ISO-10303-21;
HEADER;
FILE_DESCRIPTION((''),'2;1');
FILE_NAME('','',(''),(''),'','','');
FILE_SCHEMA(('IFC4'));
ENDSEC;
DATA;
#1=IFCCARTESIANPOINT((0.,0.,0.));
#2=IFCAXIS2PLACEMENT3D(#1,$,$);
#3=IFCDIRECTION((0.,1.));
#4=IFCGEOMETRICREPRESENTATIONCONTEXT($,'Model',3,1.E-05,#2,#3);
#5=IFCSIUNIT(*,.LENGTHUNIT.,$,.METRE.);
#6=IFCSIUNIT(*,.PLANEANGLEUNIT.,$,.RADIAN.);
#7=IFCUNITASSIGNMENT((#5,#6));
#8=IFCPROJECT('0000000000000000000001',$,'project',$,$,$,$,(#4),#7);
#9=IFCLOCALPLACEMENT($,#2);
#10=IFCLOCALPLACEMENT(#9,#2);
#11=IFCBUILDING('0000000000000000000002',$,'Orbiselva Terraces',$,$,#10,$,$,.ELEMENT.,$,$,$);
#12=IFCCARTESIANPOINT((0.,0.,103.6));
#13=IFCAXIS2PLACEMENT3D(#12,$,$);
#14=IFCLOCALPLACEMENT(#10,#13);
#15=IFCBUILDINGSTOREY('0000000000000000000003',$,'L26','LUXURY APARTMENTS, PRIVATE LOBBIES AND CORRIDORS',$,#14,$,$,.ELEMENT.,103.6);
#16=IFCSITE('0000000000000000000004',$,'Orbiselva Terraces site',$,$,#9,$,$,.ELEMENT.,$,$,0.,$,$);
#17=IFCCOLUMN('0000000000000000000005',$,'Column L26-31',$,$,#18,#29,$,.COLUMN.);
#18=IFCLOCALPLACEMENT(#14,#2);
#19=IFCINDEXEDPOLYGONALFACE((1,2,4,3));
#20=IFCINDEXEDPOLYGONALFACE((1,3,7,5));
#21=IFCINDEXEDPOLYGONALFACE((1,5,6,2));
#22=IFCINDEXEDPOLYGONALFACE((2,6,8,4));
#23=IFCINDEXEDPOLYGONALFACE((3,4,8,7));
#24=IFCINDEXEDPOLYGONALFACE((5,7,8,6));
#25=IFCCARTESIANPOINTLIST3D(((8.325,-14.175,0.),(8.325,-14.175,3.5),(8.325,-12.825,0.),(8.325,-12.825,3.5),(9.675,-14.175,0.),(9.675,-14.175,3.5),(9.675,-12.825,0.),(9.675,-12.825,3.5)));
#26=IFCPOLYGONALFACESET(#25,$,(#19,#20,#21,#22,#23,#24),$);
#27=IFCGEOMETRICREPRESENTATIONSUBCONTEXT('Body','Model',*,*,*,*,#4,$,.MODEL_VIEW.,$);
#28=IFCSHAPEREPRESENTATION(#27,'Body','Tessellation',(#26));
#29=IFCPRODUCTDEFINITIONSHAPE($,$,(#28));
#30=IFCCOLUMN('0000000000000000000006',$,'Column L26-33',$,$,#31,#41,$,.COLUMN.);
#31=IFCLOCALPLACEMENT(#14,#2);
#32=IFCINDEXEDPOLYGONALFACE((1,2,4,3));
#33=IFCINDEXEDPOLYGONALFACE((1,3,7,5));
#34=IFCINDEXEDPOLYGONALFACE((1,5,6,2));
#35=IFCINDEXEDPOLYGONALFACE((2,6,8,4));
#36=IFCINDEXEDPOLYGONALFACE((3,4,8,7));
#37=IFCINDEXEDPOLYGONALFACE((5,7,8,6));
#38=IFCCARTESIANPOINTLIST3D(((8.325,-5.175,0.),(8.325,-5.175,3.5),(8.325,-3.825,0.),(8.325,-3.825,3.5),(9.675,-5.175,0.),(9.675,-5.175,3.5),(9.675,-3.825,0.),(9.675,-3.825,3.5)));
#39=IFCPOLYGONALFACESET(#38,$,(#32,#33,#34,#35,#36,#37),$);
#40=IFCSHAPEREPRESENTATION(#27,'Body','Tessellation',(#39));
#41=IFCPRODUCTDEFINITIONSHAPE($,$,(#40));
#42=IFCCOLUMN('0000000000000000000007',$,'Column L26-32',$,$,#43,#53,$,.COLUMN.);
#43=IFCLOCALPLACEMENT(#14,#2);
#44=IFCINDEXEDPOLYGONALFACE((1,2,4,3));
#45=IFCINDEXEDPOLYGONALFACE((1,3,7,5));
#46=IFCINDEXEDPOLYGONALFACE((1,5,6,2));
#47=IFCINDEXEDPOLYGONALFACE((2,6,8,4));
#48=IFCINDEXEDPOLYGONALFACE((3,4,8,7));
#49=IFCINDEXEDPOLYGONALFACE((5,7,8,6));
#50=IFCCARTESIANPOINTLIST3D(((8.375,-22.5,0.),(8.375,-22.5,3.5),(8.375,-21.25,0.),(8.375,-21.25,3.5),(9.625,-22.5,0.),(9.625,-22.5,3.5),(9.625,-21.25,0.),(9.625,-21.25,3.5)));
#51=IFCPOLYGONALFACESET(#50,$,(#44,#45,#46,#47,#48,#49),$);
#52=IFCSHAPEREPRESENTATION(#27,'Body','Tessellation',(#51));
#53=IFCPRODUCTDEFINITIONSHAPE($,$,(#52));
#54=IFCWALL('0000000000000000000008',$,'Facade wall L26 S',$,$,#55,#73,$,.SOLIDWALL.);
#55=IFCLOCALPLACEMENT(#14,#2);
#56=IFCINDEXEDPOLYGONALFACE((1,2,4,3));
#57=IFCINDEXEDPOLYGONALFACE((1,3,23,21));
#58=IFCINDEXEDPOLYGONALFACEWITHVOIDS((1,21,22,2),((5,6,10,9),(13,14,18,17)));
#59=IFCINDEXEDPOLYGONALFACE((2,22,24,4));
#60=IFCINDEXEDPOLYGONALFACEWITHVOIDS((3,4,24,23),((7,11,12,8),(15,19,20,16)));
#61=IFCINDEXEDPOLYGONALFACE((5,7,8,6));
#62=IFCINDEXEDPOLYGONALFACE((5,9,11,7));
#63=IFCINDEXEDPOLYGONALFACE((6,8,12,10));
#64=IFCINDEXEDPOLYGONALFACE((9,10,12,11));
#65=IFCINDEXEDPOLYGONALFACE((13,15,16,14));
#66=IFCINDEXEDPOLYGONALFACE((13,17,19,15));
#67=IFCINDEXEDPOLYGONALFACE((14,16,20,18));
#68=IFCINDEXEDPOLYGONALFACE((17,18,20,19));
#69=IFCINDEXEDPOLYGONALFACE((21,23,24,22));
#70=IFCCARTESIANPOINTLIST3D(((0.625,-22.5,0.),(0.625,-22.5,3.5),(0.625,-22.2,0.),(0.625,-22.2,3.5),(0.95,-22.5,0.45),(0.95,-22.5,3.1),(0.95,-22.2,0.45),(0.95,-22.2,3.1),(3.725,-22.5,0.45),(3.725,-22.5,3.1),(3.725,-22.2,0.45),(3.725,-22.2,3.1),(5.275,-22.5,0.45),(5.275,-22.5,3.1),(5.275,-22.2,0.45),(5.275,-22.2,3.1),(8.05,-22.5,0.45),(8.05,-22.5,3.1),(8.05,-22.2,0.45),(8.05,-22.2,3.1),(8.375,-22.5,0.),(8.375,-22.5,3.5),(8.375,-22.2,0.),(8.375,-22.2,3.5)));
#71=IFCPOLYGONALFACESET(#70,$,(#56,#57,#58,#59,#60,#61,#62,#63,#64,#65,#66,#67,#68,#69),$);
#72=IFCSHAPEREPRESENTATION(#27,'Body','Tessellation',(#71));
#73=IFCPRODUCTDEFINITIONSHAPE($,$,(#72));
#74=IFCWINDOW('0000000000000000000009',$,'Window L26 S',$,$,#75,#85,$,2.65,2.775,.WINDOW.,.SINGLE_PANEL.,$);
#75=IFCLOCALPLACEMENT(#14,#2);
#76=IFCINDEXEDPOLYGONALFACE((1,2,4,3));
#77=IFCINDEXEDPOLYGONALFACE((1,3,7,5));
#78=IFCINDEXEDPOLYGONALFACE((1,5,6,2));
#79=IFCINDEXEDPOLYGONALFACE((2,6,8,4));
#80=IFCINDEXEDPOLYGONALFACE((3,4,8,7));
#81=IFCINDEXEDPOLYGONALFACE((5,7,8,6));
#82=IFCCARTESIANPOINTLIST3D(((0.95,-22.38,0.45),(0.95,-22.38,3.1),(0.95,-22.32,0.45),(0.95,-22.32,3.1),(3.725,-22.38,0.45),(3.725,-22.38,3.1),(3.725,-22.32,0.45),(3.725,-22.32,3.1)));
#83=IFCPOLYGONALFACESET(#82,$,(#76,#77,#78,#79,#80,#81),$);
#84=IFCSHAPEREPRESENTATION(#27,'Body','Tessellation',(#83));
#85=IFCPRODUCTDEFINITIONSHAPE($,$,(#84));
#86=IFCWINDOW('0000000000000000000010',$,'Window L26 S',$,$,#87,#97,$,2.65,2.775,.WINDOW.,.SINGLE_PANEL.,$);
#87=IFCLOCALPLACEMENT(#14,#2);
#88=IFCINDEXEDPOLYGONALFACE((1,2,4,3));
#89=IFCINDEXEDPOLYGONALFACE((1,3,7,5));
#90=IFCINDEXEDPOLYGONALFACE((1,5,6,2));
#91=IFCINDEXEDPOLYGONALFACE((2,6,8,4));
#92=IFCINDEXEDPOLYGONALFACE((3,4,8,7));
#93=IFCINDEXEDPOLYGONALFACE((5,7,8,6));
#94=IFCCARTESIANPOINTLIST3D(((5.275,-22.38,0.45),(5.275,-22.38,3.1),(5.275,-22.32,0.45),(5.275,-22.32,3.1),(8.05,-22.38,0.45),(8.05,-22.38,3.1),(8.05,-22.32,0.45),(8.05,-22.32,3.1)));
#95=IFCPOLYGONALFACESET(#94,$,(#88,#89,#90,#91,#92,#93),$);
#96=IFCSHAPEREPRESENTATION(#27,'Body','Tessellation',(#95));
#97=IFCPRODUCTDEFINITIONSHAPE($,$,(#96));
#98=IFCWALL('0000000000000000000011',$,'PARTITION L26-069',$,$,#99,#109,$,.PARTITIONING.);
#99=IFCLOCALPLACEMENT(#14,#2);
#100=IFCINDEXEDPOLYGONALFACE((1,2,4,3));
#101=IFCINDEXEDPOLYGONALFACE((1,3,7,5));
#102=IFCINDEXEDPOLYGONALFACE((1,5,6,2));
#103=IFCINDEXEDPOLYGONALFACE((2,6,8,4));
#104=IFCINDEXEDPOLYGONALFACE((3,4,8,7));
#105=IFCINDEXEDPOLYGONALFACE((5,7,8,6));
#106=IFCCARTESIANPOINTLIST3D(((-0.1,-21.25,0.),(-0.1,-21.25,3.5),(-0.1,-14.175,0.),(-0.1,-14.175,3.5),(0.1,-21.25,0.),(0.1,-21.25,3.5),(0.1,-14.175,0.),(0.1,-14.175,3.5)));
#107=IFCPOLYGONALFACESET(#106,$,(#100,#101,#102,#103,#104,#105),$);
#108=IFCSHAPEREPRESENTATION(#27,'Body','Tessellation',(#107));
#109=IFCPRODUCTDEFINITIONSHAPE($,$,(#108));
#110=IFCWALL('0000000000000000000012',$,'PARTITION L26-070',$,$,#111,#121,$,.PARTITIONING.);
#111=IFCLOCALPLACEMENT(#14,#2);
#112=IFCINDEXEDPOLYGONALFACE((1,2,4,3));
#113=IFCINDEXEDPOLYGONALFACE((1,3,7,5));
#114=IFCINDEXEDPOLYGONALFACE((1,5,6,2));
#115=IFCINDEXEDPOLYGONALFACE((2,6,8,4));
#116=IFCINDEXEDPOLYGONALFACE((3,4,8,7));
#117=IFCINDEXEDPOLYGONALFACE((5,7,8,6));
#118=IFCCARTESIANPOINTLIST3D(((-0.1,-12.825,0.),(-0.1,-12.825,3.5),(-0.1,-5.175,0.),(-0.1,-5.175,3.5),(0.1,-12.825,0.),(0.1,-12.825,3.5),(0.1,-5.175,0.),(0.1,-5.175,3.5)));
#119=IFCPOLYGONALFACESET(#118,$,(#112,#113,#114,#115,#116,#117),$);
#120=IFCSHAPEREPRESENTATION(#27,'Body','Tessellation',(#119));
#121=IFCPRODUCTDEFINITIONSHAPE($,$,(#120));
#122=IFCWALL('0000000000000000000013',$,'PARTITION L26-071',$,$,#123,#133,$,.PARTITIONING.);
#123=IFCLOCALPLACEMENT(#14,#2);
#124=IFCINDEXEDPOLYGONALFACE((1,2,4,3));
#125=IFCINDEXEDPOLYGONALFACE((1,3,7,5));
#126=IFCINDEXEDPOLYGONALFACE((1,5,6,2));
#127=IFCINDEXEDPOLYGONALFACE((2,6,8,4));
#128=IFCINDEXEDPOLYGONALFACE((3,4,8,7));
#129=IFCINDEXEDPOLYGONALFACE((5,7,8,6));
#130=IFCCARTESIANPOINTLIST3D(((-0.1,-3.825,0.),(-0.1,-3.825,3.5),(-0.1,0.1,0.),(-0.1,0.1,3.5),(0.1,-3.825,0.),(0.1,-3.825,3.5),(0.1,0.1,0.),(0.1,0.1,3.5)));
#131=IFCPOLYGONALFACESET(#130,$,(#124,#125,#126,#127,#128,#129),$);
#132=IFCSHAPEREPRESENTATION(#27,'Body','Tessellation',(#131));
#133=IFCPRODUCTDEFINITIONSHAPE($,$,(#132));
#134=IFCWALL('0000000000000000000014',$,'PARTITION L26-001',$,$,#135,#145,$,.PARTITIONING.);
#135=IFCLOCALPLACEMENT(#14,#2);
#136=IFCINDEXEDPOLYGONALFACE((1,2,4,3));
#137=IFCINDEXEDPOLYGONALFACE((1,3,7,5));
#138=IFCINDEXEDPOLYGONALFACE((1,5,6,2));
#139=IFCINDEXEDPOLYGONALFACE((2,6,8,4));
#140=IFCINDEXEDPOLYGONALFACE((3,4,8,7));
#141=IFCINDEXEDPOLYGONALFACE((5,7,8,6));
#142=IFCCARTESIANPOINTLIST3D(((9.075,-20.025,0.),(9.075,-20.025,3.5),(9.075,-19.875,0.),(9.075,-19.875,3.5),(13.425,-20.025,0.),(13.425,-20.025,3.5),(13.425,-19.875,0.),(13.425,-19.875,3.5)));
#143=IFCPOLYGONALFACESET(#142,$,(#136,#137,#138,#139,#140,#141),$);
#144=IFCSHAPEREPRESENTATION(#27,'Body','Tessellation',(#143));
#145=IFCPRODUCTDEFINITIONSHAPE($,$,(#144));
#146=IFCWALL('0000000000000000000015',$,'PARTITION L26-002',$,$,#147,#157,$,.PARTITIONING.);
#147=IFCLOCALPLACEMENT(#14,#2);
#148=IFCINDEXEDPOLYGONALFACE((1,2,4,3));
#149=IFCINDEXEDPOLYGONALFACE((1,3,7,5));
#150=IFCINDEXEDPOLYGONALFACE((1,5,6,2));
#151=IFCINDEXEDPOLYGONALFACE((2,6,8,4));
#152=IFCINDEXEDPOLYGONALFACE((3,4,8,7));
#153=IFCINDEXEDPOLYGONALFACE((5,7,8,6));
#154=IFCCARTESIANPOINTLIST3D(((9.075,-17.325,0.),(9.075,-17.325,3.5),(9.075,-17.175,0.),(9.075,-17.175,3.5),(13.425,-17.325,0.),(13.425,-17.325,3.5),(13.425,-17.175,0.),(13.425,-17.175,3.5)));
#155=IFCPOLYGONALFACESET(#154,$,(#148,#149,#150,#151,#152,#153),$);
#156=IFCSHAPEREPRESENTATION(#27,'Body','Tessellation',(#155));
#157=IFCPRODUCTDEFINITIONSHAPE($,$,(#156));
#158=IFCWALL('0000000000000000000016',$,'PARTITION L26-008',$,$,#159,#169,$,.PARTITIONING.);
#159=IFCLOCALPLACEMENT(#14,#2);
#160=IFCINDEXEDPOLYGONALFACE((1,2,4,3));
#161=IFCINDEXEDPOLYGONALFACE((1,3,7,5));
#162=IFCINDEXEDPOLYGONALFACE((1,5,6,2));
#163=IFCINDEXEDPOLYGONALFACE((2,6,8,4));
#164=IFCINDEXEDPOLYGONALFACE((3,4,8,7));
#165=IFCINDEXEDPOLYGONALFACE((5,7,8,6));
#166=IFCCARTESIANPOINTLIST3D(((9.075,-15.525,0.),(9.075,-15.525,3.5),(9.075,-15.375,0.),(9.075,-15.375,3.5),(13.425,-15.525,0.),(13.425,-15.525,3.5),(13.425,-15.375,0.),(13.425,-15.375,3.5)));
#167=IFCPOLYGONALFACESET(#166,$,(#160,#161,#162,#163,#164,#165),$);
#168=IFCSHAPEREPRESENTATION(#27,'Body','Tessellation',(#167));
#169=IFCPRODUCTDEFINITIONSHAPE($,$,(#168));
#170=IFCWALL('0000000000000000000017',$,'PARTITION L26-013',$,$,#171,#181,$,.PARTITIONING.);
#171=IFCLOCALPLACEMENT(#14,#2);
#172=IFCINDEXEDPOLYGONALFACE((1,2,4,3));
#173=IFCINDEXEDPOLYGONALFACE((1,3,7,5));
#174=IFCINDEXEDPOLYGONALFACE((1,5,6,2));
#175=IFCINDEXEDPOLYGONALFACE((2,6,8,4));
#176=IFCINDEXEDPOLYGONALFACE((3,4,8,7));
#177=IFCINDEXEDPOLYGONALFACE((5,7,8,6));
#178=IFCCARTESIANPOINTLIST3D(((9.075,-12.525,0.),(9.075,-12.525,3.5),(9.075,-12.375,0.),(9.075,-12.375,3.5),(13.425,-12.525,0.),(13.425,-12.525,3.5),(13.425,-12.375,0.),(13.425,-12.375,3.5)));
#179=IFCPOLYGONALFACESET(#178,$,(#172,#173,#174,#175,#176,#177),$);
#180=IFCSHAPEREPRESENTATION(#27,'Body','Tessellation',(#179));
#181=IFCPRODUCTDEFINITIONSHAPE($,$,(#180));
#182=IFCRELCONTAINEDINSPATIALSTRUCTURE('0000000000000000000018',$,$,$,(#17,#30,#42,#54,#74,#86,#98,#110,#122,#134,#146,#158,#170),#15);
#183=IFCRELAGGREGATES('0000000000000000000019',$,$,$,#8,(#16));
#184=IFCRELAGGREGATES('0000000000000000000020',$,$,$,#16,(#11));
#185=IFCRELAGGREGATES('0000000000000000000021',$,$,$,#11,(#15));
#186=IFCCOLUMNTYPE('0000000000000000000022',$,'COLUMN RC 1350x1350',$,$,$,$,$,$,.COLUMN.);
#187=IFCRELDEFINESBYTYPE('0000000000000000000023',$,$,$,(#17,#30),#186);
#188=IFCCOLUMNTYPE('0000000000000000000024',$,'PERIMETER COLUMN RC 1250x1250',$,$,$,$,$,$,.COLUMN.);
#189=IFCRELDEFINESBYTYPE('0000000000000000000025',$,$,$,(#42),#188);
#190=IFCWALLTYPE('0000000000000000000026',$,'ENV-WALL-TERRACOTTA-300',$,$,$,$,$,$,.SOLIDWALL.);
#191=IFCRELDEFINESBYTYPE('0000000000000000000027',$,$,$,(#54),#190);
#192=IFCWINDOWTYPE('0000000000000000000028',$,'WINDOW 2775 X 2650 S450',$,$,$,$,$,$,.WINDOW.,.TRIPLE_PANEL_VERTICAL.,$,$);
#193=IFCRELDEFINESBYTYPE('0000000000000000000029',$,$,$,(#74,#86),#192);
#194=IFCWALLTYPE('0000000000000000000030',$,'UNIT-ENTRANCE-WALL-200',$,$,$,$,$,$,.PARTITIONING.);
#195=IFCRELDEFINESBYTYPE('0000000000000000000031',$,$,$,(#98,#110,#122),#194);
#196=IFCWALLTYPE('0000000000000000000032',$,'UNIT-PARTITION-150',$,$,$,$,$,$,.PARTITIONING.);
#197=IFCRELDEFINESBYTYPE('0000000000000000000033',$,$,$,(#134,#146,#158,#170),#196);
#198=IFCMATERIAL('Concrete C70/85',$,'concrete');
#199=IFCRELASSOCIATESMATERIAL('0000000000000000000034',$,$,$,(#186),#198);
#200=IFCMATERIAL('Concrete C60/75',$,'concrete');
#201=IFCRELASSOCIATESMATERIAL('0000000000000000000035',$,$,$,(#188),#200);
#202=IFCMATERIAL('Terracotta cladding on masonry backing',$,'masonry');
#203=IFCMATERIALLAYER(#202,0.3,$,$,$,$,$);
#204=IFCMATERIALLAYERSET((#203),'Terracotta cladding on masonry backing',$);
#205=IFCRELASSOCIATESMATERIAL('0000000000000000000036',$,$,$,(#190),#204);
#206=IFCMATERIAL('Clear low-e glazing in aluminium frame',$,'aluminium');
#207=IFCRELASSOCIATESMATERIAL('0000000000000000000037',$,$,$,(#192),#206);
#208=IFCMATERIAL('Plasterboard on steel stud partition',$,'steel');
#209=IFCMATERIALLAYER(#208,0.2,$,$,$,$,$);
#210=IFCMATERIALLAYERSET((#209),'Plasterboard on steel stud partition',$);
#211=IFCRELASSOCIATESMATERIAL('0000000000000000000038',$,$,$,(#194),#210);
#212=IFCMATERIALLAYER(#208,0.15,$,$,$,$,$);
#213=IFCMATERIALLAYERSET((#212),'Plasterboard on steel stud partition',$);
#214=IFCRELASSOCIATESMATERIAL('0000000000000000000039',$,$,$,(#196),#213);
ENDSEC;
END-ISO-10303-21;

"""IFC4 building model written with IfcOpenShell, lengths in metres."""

from ifc_helpers import new_model, si_unit, direction, frame, frame_2d, origin, origin_2d, place, context, subcontext, project, spatial, rectangle, extrude, material, layer, layer_set, material_profile, profile_set, type_object, element, fill, save


model = new_model("IFC4")

# Units and contexts
model_context = context("Model", 3, precision=1e-05, world=origin(), true_north=direction((0.0, 1.0)))
body_context = subcontext(model_context, "Body", "Model", "MODEL_VIEW")
ifc_project = project(units=[si_unit("LENGTHUNIT", "METRE"), si_unit("PLANEANGLEUNIT", "RADIAN")], contexts=[model_context])

# Site, building, storey
site_placement = place(None, origin())
site = spatial("IfcSite", under=ifc_project, at=site_placement, Name="Orbiselva Terraces site", CompositionType="ELEMENT", RefElevation=0.0)
building_placement = place(site_placement, origin())
building = spatial("IfcBuilding", under=site, at=building_placement, Name="Orbiselva Terraces", CompositionType="ELEMENT")
storey_placement = place(building_placement, frame((0.0, 0.0, 103.6)))
storey = spatial("IfcBuildingStorey", under=building, at=storey_placement, Name="L26", Description="LUXURY APARTMENTS, PRIVATE LOBBIES AND CORRIDORS", CompositionType="ELEMENT", Elevation=103.6)

# Columns
ifc_material_1 = material(Name="Concrete C70/85", Category="concrete")
ifc_material_profile_1 = material_profile(ifc_material_1, rectangle(XDim=1.35, YDim=1.35, at=origin_2d()), Name="RC 1350x1350")
ifc_profile_set_1 = profile_set([ifc_material_profile_1], Name="Concrete C70/85")
column_type_1 = type_object("IfcColumnType", Name="COLUMN RC 1350x1350", PredefinedType="COLUMN", material=ifc_profile_set_1)
for number, where, z_axis, x_axis, name in (
    (1, (9.0, -13.5, 0.0), (0.0, 0.0, 1.0), (1.0, 0.0, 0.0), "Column L26-31"),
    (2, (9.0, -4.5, 0.0), (0.0, 0.0, 1.0), (1.0, 0.0, 0.0), "Column L26-33"),
):
    element("IfcColumn", number, at=place(storey_placement, frame(where, z_axis=z_axis, x_axis=x_axis)), inside=storey, type_object=column_type_1, Name=name, PredefinedType="COLUMN", context=body_context, shape_type="SweptSolid", body=[
        extrude(rectangle(XDim=1.35, YDim=1.35, at=origin_2d()), origin(), (0.0, 0.0, 1.0), 3.5),
    ])
ifc_material_2 = material(Name="Concrete C60/75", Category="concrete")
ifc_material_profile_2 = material_profile(ifc_material_2, rectangle(XDim=1.25, YDim=1.25, at=origin_2d()), Name="RC 1250x1250")
ifc_profile_set_2 = profile_set([ifc_material_profile_2], Name="Concrete C60/75")
column_type_2 = type_object("IfcColumnType", Name="PERIMETER COLUMN RC 1250x1250", PredefinedType="COLUMN", material=ifc_profile_set_2)
column_placement = place(storey_placement, frame((9.0, -21.875, 0.0), z_axis=(0.0, 0.0, 1.0), x_axis=(1.0, 0.0, 0.0)))
element("IfcColumn", 3, at=column_placement, inside=storey, type_object=column_type_2, Name="Column L26-32", PredefinedType="COLUMN", context=body_context, shape_type="SweptSolid", body=[
    extrude(rectangle(XDim=1.25, YDim=1.25, at=origin_2d()), origin(), (0.0, 0.0, 1.0), 3.5),
])

# Wall, openings, windows
ifc_material_3 = material(Name="Terracotta cladding on masonry backing", Category="masonry")
ifc_layer_1 = layer(ifc_material_3, 0.3)
ifc_layer_set_1 = layer_set([ifc_layer_1], Name="Terracotta cladding on masonry backing")
wall_type_1 = type_object("IfcWallType", Name="ENV-WALL-TERRACOTTA-300", PredefinedType="SOLIDWALL", material=ifc_layer_set_1)
wall_1_placement = place(storey_placement, frame((8.375, -22.35, 0.0), z_axis=(0.0, 0.0, 1.0), x_axis=(-1.0, 0.0, 0.0)))
wall_1 = element("IfcWall", 4, at=wall_1_placement, inside=storey, type_object=wall_type_1, Name="Facade wall L26 S", PredefinedType="SOLIDWALL", context=body_context, shape_type="SweptSolid", body=[
    extrude(rectangle(XDim=7.75, YDim=0.3, at=frame_2d((3.875, 0.0))), origin(), (0.0, 0.0, 1.0), 3.5),
])
opening_1_placement = place(wall_1_placement, frame((4.65, 0.0, 0.45)))
opening_1 = element("IfcOpeningElement", 5, at=opening_1_placement, cuts=wall_1, PredefinedType="OPENING", context=body_context, shape_type="SweptSolid", body=[
    extrude(rectangle(XDim=2.775, YDim=2.65, at=frame_2d((1.3875, 1.325))), frame((0.0, 0.16, 0.0), z_axis=(0.0, -1.0, 0.0), x_axis=(1.0, 0.0, 0.0)), (0.0, 0.0, 1.0), 0.32),
])
opening_2_placement = place(wall_1_placement, frame((0.325, 0.0, 0.45)))
opening_2 = element("IfcOpeningElement", 6, at=opening_2_placement, cuts=wall_1, PredefinedType="OPENING", context=body_context, shape_type="SweptSolid", body=[
    extrude(rectangle(XDim=2.775, YDim=2.65, at=frame_2d((1.3875, 1.325))), frame((0.0, 0.16, 0.0), z_axis=(0.0, -1.0, 0.0), x_axis=(1.0, 0.0, 0.0)), (0.0, 0.0, 1.0), 0.32),
])
ifc_material_4 = material(Name="Clear low-e glazing in aluminium frame", Category="aluminium")
window_type = type_object("IfcWindowType", Name="WINDOW 2775 X 2650 S450", PartitioningType="TRIPLE_PANEL_VERTICAL", PredefinedType="WINDOW", material=ifc_material_4)
window_1_placement = place(opening_1_placement, origin())
window_1 = element("IfcWindow", 7, at=window_1_placement, inside=storey, type_object=window_type, Name="Window L26 S", OverallHeight=2.65, OverallWidth=2.775, PartitioningType="SINGLE_PANEL", PredefinedType="WINDOW", context=body_context, shape_type="SweptSolid", body=[
    extrude(rectangle(XDim=2.775, YDim=2.65, at=frame_2d((1.3875, 1.325))), frame((0.0, 0.03, 0.0), z_axis=(0.0, -1.0, 0.0), x_axis=(1.0, 0.0, 0.0)), (0.0, 0.0, 1.0), 0.06),
])
fill(opening_1, window_1)
window_2_placement = place(opening_2_placement, origin())
window_2 = element("IfcWindow", 8, at=window_2_placement, inside=storey, type_object=window_type, Name="Window L26 S", OverallHeight=2.65, OverallWidth=2.775, PartitioningType="SINGLE_PANEL", PredefinedType="WINDOW", context=body_context, shape_type="SweptSolid", body=[
    extrude(rectangle(XDim=2.775, YDim=2.65, at=frame_2d((1.3875, 1.325))), frame((0.0, 0.03, 0.0), z_axis=(0.0, -1.0, 0.0), x_axis=(1.0, 0.0, 0.0)), (0.0, 0.0, 1.0), 0.06),
])
fill(opening_2, window_2)

# Walls
ifc_material_5 = material(Name="Plasterboard on steel stud partition", Category="steel")
ifc_layer_2 = layer(ifc_material_5, 0.2)
ifc_layer_set_2 = layer_set([ifc_layer_2], Name="Plasterboard on steel stud partition")
wall_type_2 = type_object("IfcWallType", Name="UNIT-ENTRANCE-WALL-200", PredefinedType="PARTITIONING", material=ifc_layer_set_2)
wall_2_placement = place(storey_placement, frame((0.0, -21.25, 0.0), z_axis=(0.0, 0.0, 1.0), x_axis=(0.0, 1.0, 0.0)))
element("IfcWall", 9, at=wall_2_placement, inside=storey, type_object=wall_type_2, Name="PARTITION L26-069", PredefinedType="PARTITIONING", context=body_context, shape_type="SweptSolid", body=[
    extrude(rectangle(XDim=7.075, YDim=0.2, at=frame_2d((3.5375, 0.0))), origin(), (0.0, 0.0, 1.0), 3.5),
])
wall_3_placement = place(storey_placement, frame((0.0, -12.825, 0.0), z_axis=(0.0, 0.0, 1.0), x_axis=(0.0, 1.0, 0.0)))
element("IfcWall", 10, at=wall_3_placement, inside=storey, type_object=wall_type_2, Name="PARTITION L26-070", PredefinedType="PARTITIONING", context=body_context, shape_type="SweptSolid", body=[
    extrude(rectangle(XDim=7.65, YDim=0.2, at=frame_2d((3.825, 0.0))), origin(), (0.0, 0.0, 1.0), 3.5),
])
wall_4_placement = place(storey_placement, frame((0.0, -3.825, 0.0), z_axis=(0.0, 0.0, 1.0), x_axis=(0.0, 1.0, 0.0)))
element("IfcWall", 11, at=wall_4_placement, inside=storey, type_object=wall_type_2, Name="PARTITION L26-071", PredefinedType="PARTITIONING", context=body_context, shape_type="SweptSolid", body=[
    extrude(rectangle(XDim=3.925, YDim=0.2, at=frame_2d((1.9625, 0.0))), origin(), (0.0, 0.0, 1.0), 3.5),
])
ifc_layer_3 = layer(ifc_material_5, 0.15)
ifc_layer_set_3 = layer_set([ifc_layer_3], Name="Plasterboard on steel stud partition")
wall_type_3 = type_object("IfcWallType", Name="UNIT-PARTITION-150", PredefinedType="PARTITIONING", material=ifc_layer_set_3)
for number, where, z_axis, x_axis, name in (
    (12, (9.075, -19.95, 0.0), (0.0, 0.0, 1.0), (1.0, 0.0, 0.0), "PARTITION L26-001"),
    (13, (9.075, -17.25, 0.0), (0.0, 0.0, 1.0), (1.0, 0.0, 0.0), "PARTITION L26-002"),
    (14, (9.075, -15.45, 0.0), (0.0, 0.0, 1.0), (1.0, 0.0, 0.0), "PARTITION L26-008"),
    (15, (9.075, -12.45, 0.0), (0.0, 0.0, 1.0), (1.0, 0.0, 0.0), "PARTITION L26-013"),
):
    element("IfcWall", number, at=place(storey_placement, frame(where, z_axis=z_axis, x_axis=x_axis)), inside=storey, type_object=wall_type_3, Name=name, PredefinedType="PARTITIONING", context=body_context, shape_type="SweptSolid", body=[
        extrude(rectangle(XDim=4.35, YDim=0.15, at=frame_2d((2.175, 0.0))), origin(), (0.0, 0.0, 1.0), 3.5),
    ])

save(model, "model.ifc")
